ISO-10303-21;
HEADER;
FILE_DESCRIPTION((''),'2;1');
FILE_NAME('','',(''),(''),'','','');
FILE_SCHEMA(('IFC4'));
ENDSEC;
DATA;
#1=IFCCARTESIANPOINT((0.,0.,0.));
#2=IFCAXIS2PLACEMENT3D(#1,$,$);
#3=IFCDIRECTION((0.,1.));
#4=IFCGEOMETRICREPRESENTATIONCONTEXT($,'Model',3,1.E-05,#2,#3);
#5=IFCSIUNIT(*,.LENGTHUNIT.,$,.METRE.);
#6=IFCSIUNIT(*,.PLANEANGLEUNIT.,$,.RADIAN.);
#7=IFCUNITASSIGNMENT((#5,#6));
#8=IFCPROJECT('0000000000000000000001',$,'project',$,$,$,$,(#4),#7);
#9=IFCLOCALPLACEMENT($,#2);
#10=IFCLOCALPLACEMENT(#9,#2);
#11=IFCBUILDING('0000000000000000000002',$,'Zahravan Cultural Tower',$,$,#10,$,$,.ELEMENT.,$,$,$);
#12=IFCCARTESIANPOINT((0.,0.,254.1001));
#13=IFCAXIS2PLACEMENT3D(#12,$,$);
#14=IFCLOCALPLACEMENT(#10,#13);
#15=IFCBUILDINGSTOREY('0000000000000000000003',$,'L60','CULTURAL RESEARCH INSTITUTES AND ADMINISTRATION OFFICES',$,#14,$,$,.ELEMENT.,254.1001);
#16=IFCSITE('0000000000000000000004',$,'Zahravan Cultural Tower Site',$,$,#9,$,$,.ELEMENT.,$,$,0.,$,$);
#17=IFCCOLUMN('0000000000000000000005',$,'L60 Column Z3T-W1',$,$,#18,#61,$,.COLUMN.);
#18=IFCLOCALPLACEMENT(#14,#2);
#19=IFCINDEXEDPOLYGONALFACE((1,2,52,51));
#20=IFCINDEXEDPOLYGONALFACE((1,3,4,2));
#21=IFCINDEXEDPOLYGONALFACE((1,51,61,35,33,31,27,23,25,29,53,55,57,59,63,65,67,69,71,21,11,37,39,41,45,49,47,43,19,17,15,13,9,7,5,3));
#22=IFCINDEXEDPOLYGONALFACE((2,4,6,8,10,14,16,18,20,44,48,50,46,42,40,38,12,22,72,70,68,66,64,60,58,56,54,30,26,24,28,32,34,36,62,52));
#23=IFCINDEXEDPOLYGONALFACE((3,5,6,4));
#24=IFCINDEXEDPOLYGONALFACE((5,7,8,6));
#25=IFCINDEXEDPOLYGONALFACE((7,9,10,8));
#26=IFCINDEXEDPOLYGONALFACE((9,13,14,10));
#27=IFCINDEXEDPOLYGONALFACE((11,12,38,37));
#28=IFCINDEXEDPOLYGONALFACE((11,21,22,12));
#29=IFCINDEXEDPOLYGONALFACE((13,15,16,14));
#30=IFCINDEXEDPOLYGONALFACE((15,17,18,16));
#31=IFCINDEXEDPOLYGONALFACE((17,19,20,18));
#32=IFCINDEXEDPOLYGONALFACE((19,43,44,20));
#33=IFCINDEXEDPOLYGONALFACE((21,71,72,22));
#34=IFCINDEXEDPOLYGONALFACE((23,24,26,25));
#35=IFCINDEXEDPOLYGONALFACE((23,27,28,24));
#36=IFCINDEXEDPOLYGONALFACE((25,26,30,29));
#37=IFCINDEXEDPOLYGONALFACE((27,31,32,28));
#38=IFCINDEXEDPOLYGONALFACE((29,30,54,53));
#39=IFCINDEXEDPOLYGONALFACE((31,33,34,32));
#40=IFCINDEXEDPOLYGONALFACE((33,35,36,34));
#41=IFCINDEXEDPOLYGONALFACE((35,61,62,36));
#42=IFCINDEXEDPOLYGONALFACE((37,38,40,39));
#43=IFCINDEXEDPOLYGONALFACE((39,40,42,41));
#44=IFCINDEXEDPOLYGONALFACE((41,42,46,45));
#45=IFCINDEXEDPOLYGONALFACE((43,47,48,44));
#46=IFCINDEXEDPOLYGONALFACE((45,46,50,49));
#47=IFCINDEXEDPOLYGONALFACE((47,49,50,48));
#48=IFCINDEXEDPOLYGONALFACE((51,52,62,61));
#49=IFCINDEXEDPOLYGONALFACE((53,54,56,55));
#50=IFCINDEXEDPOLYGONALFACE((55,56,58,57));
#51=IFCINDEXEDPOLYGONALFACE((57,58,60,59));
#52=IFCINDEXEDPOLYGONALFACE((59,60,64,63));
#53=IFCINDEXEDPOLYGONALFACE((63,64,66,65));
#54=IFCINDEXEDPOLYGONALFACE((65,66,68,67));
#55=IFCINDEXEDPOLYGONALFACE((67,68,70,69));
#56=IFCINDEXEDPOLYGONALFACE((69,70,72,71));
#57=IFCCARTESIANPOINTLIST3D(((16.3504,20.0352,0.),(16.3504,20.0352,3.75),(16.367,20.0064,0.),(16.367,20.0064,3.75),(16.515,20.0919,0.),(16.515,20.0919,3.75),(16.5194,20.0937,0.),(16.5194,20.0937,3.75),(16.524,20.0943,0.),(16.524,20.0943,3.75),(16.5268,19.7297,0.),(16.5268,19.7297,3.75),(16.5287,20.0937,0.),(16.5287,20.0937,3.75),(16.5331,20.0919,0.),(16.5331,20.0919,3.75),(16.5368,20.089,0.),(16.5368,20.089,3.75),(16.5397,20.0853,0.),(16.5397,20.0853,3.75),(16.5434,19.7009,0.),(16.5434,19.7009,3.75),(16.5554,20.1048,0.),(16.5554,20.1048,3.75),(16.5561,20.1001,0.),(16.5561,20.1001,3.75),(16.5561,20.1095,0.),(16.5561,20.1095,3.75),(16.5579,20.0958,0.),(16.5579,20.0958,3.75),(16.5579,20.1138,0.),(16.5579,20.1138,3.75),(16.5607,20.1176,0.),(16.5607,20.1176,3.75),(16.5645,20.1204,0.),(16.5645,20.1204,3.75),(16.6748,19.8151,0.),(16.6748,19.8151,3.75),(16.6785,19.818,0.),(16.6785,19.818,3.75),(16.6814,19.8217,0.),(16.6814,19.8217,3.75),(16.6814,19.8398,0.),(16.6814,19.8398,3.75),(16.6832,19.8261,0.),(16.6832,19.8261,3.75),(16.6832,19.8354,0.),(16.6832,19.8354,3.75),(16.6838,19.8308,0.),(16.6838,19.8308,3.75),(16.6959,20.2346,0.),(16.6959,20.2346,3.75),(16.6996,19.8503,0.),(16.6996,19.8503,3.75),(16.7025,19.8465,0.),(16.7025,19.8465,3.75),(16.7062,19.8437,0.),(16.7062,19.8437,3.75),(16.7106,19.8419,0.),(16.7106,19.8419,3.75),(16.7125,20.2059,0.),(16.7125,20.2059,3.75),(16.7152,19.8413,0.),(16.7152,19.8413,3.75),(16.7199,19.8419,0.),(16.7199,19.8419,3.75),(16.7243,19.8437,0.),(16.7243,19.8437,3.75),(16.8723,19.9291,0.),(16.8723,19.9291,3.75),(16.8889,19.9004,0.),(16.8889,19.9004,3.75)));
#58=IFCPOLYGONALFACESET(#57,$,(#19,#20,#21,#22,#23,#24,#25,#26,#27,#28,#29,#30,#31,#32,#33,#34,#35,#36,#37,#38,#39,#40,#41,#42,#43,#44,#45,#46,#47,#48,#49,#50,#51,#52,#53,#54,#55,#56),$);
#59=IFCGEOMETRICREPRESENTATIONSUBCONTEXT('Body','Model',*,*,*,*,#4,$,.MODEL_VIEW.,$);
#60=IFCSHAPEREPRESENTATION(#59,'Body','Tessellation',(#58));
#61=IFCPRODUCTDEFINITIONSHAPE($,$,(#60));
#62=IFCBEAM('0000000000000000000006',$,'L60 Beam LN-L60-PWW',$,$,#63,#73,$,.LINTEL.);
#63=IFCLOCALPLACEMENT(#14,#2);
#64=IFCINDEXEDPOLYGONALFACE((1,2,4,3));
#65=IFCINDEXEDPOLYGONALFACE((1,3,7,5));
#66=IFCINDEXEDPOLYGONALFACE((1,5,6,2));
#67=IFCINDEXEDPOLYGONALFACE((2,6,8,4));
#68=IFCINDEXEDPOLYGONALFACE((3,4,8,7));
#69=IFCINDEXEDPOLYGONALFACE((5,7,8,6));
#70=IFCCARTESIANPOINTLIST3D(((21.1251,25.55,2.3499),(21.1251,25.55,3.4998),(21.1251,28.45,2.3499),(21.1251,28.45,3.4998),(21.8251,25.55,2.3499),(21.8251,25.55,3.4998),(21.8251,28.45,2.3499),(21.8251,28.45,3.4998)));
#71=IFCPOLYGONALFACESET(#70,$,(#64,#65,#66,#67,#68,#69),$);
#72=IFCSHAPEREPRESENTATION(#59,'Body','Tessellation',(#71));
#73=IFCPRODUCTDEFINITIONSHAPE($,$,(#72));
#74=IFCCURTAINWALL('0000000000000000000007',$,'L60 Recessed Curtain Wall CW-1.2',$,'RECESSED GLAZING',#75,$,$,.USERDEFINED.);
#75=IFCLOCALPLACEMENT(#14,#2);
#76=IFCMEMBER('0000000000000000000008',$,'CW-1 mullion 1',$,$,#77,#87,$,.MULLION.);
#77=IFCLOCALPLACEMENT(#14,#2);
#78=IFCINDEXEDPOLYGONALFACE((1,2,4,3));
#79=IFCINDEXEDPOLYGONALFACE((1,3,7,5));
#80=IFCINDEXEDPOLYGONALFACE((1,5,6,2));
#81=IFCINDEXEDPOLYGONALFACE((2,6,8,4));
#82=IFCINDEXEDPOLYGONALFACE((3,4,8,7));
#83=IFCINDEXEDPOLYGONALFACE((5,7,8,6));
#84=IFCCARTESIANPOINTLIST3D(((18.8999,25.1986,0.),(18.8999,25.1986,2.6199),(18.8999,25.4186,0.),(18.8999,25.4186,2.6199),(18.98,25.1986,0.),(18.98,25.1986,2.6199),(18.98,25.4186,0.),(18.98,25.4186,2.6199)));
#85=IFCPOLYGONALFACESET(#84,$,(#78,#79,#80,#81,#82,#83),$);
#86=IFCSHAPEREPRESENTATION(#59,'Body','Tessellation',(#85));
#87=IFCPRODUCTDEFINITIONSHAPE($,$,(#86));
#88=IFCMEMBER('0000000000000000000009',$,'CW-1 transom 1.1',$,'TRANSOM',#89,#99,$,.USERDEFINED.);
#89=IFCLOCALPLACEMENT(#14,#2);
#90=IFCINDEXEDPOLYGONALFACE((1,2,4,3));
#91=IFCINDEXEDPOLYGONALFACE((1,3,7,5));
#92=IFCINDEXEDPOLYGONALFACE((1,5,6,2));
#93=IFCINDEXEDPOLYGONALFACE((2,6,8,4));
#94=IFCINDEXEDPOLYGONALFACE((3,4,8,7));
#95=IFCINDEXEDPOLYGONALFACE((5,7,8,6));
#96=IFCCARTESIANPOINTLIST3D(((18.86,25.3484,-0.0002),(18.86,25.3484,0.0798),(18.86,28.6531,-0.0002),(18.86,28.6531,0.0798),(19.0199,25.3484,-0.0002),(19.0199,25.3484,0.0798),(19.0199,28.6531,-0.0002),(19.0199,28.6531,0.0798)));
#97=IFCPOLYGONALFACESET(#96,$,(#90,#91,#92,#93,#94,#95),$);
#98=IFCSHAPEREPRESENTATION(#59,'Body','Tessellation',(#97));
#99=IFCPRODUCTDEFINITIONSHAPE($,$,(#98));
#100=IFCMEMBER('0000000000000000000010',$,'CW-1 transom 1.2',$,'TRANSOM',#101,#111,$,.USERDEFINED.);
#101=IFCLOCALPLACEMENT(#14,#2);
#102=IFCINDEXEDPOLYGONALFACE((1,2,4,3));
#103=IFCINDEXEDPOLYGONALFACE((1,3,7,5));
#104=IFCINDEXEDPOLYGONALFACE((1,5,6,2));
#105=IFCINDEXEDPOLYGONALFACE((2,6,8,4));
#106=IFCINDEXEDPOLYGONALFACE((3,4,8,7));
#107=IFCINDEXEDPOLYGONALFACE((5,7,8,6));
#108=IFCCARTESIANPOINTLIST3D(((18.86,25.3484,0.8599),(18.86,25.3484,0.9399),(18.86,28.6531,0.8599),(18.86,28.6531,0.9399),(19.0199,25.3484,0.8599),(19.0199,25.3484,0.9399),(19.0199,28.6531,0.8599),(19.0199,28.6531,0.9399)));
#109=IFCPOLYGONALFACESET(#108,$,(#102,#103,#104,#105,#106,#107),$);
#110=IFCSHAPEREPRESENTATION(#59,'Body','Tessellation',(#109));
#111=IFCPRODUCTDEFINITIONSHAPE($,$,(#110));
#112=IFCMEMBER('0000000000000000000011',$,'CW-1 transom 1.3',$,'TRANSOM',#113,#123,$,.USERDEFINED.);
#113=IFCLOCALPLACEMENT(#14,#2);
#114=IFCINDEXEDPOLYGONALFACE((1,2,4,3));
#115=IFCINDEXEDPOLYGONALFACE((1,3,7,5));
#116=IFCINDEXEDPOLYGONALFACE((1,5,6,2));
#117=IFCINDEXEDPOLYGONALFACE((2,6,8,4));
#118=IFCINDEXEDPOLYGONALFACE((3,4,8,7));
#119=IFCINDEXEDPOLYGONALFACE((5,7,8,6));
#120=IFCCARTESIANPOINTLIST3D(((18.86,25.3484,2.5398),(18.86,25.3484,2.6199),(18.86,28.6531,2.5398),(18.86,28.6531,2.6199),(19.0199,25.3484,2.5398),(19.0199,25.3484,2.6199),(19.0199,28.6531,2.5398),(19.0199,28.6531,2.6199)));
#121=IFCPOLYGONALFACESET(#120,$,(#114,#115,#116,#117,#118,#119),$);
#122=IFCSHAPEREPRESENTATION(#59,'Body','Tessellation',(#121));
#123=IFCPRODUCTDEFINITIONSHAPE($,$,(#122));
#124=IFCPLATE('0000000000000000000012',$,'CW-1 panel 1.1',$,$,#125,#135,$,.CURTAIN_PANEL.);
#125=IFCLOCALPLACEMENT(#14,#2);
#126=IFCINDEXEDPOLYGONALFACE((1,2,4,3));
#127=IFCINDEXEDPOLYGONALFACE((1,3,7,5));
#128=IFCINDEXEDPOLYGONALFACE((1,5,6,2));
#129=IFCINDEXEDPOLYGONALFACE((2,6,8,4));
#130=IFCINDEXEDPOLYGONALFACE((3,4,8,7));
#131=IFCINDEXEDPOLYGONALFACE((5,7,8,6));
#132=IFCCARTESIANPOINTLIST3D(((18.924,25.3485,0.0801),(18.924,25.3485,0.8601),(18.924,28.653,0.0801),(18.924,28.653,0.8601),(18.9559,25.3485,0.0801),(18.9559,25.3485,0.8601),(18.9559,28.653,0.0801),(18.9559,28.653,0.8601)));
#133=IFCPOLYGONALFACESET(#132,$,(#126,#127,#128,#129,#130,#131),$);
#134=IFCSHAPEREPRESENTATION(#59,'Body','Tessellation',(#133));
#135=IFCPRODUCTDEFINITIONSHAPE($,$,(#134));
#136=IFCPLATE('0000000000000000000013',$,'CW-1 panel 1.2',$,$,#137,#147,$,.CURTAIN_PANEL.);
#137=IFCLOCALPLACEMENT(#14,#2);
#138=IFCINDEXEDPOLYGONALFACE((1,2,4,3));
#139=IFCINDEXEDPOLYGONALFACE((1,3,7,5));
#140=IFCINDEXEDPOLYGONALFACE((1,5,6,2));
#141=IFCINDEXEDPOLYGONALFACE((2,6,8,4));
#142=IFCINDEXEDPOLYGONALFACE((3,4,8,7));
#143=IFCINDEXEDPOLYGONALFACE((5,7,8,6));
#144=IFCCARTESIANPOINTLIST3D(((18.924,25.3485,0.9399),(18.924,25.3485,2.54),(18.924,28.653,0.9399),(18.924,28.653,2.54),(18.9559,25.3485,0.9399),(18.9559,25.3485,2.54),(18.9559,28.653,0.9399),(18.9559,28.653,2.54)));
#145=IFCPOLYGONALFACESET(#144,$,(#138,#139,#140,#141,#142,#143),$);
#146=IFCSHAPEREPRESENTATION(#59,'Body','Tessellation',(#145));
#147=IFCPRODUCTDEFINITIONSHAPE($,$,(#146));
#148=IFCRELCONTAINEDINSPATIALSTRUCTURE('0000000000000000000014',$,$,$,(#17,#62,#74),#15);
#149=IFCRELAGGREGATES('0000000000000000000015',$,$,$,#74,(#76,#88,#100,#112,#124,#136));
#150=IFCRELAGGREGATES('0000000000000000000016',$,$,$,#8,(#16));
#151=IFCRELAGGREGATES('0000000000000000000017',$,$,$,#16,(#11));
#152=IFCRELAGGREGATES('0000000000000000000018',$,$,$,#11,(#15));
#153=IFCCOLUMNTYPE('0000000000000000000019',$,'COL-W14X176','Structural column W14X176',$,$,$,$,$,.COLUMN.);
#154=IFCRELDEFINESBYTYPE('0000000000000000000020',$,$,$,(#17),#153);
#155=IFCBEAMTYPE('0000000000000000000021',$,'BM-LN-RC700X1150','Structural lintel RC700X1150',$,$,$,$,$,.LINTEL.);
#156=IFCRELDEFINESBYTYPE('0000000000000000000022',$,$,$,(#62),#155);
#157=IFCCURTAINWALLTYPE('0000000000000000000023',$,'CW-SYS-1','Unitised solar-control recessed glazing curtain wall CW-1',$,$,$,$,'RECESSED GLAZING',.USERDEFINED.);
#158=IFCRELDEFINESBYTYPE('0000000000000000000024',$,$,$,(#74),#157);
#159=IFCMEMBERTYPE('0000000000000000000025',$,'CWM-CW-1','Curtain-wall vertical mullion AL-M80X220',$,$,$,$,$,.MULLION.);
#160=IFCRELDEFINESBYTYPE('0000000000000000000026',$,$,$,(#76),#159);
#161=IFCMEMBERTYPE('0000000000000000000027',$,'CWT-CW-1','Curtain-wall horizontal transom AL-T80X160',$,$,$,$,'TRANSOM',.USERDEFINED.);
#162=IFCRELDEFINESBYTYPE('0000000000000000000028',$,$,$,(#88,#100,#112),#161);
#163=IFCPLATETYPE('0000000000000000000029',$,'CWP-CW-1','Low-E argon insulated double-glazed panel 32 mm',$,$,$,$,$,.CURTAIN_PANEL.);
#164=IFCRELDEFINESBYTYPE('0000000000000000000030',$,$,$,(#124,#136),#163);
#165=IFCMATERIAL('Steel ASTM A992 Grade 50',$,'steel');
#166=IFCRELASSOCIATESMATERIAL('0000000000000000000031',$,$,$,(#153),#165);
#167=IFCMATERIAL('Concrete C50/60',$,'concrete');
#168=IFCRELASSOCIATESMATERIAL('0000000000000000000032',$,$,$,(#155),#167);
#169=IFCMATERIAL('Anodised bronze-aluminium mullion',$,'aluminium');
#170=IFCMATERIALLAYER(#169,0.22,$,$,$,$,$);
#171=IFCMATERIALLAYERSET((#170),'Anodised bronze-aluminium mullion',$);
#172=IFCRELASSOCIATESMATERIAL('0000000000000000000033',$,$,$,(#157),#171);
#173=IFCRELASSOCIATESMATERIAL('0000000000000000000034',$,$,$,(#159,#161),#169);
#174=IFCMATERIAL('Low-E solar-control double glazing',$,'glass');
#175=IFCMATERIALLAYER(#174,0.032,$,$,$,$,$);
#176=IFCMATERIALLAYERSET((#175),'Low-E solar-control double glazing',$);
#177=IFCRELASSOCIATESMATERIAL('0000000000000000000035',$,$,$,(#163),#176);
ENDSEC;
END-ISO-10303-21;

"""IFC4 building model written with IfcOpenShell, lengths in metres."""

from ifc_helpers import new_model, si_unit, direction, frame, origin, origin_2d, place, context, subcontext, project, spatial, rectangle, i_section, extrude, source, transform, mapped, material, layer, layer_set, material_profile, profile_set, type_object, element, aggregate, save


model = new_model("IFC4")

# Units and contexts
model_context = context("Model", 3, precision=1e-05, world=origin(), true_north=direction((0.0, 1.0)))
body_context = subcontext(model_context, "Body", "Model", "MODEL_VIEW")
ifc_project = project(units=[si_unit("LENGTHUNIT", "METRE"), si_unit("PLANEANGLEUNIT", "RADIAN")], contexts=[model_context])

# Site, building, storey
site_placement = place(None, origin())
site = spatial("IfcSite", under=ifc_project, at=site_placement, Name="Zahravan Cultural Tower Site", CompositionType="ELEMENT", RefElevation=0.0)
building_placement = place(site_placement, origin())
building = spatial("IfcBuilding", under=site, at=building_placement, Name="Zahravan Cultural Tower", CompositionType="ELEMENT")
storey_placement = place(building_placement, frame((0.0, 0.0, 254.1001)))
storey = spatial("IfcBuildingStorey", under=building, at=storey_placement, Name="L60", Description="CULTURAL RESEARCH INSTITUTES AND ADMINISTRATION OFFICES", CompositionType="ELEMENT", Elevation=254.1001)

# Column
ifc_material_1 = material(Name="Steel ASTM A992 Grade 50", Category="steel")
ifc_material_profile_1 = material_profile(ifc_material_1, i_section(OverallWidth=0.3989, OverallDepth=0.386, WebThickness=0.021, FlangeThickness=0.0332, FilletRadius=0.0181, at=origin_2d()), Name="W14X176")
ifc_profile_set_1 = profile_set([ifc_material_profile_1], Name="Steel ASTM A992 Grade 50")
column_type = type_object("IfcColumnType", Name="COL-W14X176", Description="Structural column W14X176", PredefinedType="COLUMN", material=ifc_profile_set_1)
shared_shape_1 = source(origin(), body_context, "Body", "SweptSolid", [
    extrude(i_section(OverallWidth=0.3989, OverallDepth=0.386, WebThickness=0.021, FlangeThickness=0.0332, FilletRadius=0.0181, at=origin_2d()), origin(), (0.0, 0.0, 1.0), 3.75),
])
column_placement = place(storey_placement, frame((16.6196, 19.9678, 0.0), z_axis=(0.0, 0.0, 1.0), x_axis=(0.866025, 0.5, 0.0)))
element("IfcColumn", 1, at=column_placement, inside=storey, type_object=column_type, Name="L60 Column Z3T-W1", PredefinedType="COLUMN", context=body_context, shape_type="MappedRepresentation", body=[
    mapped(shared_shape_1, transform((0.0, 0.0, 0.0), x_axis=(1.0, 0.0, 0.0), y_axis=(0.0, 1.0, 0.0), z_axis=(0.0, 0.0, 1.0), scale=1.0)),
])

# Beam
ifc_material_2 = material(Name="Concrete C50/60", Category="concrete")
ifc_material_profile_2 = material_profile(ifc_material_2, rectangle(XDim=0.7, YDim=1.1499, at=origin_2d()), Name="RC700X1150")
ifc_profile_set_2 = profile_set([ifc_material_profile_2], Name="Concrete C50/60")
beam_type = type_object("IfcBeamType", Name="BM-LN-RC700X1150", Description="Structural lintel RC700X1150", PredefinedType="LINTEL", material=ifc_profile_set_2)
shared_shape_2 = source(origin(), body_context, "Body", "SweptSolid", [
    extrude(rectangle(XDim=0.7, YDim=1.1499, at=origin_2d()), origin(), (0.0, 0.0, 1.0), 2.8999),
])
beam_placement = place(storey_placement, frame((21.4751, 25.55, 2.9248), z_axis=(0.0, 1.0, 0.0), x_axis=(-1.0, 0.0, 0.0)))
element("IfcBeam", 2, at=beam_placement, inside=storey, type_object=beam_type, Name="L60 Beam LN-L60-PWW", PredefinedType="LINTEL", context=body_context, shape_type="MappedRepresentation", body=[
    mapped(shared_shape_2, transform((0.0, 0.0, 0.0), x_axis=(1.0, 0.0, 0.0), y_axis=(0.0, 1.0, 0.0), z_axis=(0.0, 0.0, 1.0), scale=1.0)),
])

# Curtain wall, members, plates
ifc_material_3 = material(Name="Anodised bronze-aluminium mullion", Category="aluminium")
ifc_layer_1 = layer(ifc_material_3, 0.22)
ifc_layer_set_1 = layer_set([ifc_layer_1], Name="Anodised bronze-aluminium mullion")
curtain_wall_type = type_object("IfcCurtainWallType", Name="CW-SYS-1", Description="Unitised solar-control recessed glazing curtain wall CW-1", ElementType="RECESSED GLAZING", PredefinedType="USERDEFINED", material=ifc_layer_set_1)
curtain_wall_placement = place(storey_placement, origin())
curtain_wall = element("IfcCurtainWall", 3, at=curtain_wall_placement, inside=storey, type_object=curtain_wall_type, Name="L60 Recessed Curtain Wall CW-1.2", ObjectType="RECESSED GLAZING", PredefinedType="USERDEFINED")
ifc_material_profile_3 = material_profile(ifc_material_3, rectangle(XDim=0.0801, YDim=0.22, at=origin_2d()), Name="AL-M80X220")
ifc_profile_set_3 = profile_set([ifc_material_profile_3], Name="Anodised bronze-aluminium mullion")
member_type_1 = type_object("IfcMemberType", Name="CWM-CW-1", Description="Curtain-wall vertical mullion AL-M80X220", PredefinedType="MULLION", material=ifc_profile_set_3)
shared_shape_3 = source(origin(), body_context, "Body", "SweptSolid", [
    extrude(rectangle(XDim=0.0801, YDim=0.22, at=origin_2d()), origin(), (0.0, 0.0, 1.0), 2.6199),
])
member_1_placement = place(storey_placement, frame((18.9399, 25.3086, 0.0), z_axis=(0.0, 0.0, 1.0), x_axis=(-1.0, 0.0, 0.0)))
member_1 = element("IfcMember", 4, at=member_1_placement, type_object=member_type_1, Name="CW-1 mullion 1", PredefinedType="MULLION", context=body_context, shape_type="MappedRepresentation", body=[
    mapped(shared_shape_3, transform((0.0, 0.0, 0.0), x_axis=(1.0, 0.0, 0.0), y_axis=(0.0, 1.0, 0.0), z_axis=(0.0, 0.0, 1.0), scale=1.0)),
])
ifc_material_profile_4 = material_profile(ifc_material_3, rectangle(XDim=0.1599, YDim=0.0801, at=origin_2d()), Name="AL-T80X160")
ifc_profile_set_4 = profile_set([ifc_material_profile_4], Name="Anodised bronze-aluminium mullion")
member_type_2 = type_object("IfcMemberType", Name="CWT-CW-1", Description="Curtain-wall horizontal transom AL-T80X160", ElementType="TRANSOM", PredefinedType="USERDEFINED", material=ifc_profile_set_4)
shared_shape_4 = source(origin(), body_context, "Body", "SweptSolid", [
    extrude(rectangle(XDim=0.1599, YDim=0.0801, at=origin_2d()), origin(), (0.0, 0.0, 1.0), 3.3047),
])
member_2_placement = place(storey_placement, frame((18.9399, 25.3484, 0.0398), z_axis=(0.0, 1.0, 0.0), x_axis=(-1.0, 0.0, 0.0)))
member_2 = element("IfcMember", 5, at=member_2_placement, type_object=member_type_2, Name="CW-1 transom 1.1", ObjectType="TRANSOM", PredefinedType="USERDEFINED", context=body_context, shape_type="MappedRepresentation", body=[
    mapped(shared_shape_4, transform((0.0, 0.0, 0.0), x_axis=(1.0, 0.0, 0.0), y_axis=(0.0, 1.0, 0.0), z_axis=(0.0, 0.0, 1.0), scale=1.0)),
])
member_3_placement = place(storey_placement, frame((18.9399, 25.3484, 0.8999), z_axis=(0.0, 1.0, 0.0), x_axis=(-1.0, 0.0, 0.0)))
member_3 = element("IfcMember", 6, at=member_3_placement, type_object=member_type_2, Name="CW-1 transom 1.2", ObjectType="TRANSOM", PredefinedType="USERDEFINED", context=body_context, shape_type="MappedRepresentation", body=[
    mapped(shared_shape_4, transform((0.0, 0.0, 0.0), x_axis=(1.0, 0.0, 0.0), y_axis=(0.0, 1.0, 0.0), z_axis=(0.0, 0.0, 1.0), scale=1.0)),
])
member_4_placement = place(storey_placement, frame((18.9399, 25.3484, 2.5798), z_axis=(0.0, 1.0, 0.0), x_axis=(-1.0, 0.0, 0.0)))
member_4 = element("IfcMember", 7, at=member_4_placement, type_object=member_type_2, Name="CW-1 transom 1.3", ObjectType="TRANSOM", PredefinedType="USERDEFINED", context=body_context, shape_type="MappedRepresentation", body=[
    mapped(shared_shape_4, transform((0.0, 0.0, 0.0), x_axis=(1.0, 0.0, 0.0), y_axis=(0.0, 1.0, 0.0), z_axis=(0.0, 0.0, 1.0), scale=1.0)),
])
ifc_material_4 = material(Name="Low-E solar-control double glazing", Category="glass")
ifc_layer_2 = layer(ifc_material_4, 0.032)
ifc_layer_set_2 = layer_set([ifc_layer_2], Name="Low-E solar-control double glazing")
plate_type = type_object("IfcPlateType", Name="CWP-CW-1", Description="Low-E argon insulated double-glazed panel 32 mm", PredefinedType="CURTAIN_PANEL", material=ifc_layer_set_2)
shared_shape_5 = source(origin(), body_context, "Body", "SweptSolid", [
    extrude(rectangle(XDim=3.3044, YDim=0.032, at=origin_2d()), origin(), (0.0, 0.0, 1.0), 0.78),
])
plate_1_placement = place(storey_placement, frame((18.9399, 27.0007, 0.0801), z_axis=(0.0, 0.0, 1.0), x_axis=(0.0, 1.0, 0.0)))
plate_1 = element("IfcPlate", 8, at=plate_1_placement, type_object=plate_type, Name="CW-1 panel 1.1", PredefinedType="CURTAIN_PANEL", context=body_context, shape_type="MappedRepresentation", body=[
    mapped(shared_shape_5, transform((0.0, 0.0, 0.0), x_axis=(1.0, 0.0, 0.0), y_axis=(0.0, 1.0, 0.0), z_axis=(0.0, 0.0, 1.0), scale=1.0)),
])
shared_shape_6 = source(origin(), body_context, "Body", "SweptSolid", [
    extrude(rectangle(XDim=3.3044, YDim=0.032, at=origin_2d()), origin(), (0.0, 0.0, 1.0), 1.6001),
])
plate_2_placement = place(storey_placement, frame((18.9399, 27.0007, 0.9399), z_axis=(0.0, 0.0, 1.0), x_axis=(0.0, 1.0, 0.0)))
plate_2 = element("IfcPlate", 9, at=plate_2_placement, type_object=plate_type, Name="CW-1 panel 1.2", PredefinedType="CURTAIN_PANEL", context=body_context, shape_type="MappedRepresentation", body=[
    mapped(shared_shape_6, transform((0.0, 0.0, 0.0), x_axis=(1.0, 0.0, 0.0), y_axis=(0.0, 1.0, 0.0), z_axis=(0.0, 0.0, 1.0), scale=1.0)),
])
aggregate(curtain_wall, [member_1, member_2, member_3, member_4, plate_1, plate_2])

save(model, "model.ifc")
